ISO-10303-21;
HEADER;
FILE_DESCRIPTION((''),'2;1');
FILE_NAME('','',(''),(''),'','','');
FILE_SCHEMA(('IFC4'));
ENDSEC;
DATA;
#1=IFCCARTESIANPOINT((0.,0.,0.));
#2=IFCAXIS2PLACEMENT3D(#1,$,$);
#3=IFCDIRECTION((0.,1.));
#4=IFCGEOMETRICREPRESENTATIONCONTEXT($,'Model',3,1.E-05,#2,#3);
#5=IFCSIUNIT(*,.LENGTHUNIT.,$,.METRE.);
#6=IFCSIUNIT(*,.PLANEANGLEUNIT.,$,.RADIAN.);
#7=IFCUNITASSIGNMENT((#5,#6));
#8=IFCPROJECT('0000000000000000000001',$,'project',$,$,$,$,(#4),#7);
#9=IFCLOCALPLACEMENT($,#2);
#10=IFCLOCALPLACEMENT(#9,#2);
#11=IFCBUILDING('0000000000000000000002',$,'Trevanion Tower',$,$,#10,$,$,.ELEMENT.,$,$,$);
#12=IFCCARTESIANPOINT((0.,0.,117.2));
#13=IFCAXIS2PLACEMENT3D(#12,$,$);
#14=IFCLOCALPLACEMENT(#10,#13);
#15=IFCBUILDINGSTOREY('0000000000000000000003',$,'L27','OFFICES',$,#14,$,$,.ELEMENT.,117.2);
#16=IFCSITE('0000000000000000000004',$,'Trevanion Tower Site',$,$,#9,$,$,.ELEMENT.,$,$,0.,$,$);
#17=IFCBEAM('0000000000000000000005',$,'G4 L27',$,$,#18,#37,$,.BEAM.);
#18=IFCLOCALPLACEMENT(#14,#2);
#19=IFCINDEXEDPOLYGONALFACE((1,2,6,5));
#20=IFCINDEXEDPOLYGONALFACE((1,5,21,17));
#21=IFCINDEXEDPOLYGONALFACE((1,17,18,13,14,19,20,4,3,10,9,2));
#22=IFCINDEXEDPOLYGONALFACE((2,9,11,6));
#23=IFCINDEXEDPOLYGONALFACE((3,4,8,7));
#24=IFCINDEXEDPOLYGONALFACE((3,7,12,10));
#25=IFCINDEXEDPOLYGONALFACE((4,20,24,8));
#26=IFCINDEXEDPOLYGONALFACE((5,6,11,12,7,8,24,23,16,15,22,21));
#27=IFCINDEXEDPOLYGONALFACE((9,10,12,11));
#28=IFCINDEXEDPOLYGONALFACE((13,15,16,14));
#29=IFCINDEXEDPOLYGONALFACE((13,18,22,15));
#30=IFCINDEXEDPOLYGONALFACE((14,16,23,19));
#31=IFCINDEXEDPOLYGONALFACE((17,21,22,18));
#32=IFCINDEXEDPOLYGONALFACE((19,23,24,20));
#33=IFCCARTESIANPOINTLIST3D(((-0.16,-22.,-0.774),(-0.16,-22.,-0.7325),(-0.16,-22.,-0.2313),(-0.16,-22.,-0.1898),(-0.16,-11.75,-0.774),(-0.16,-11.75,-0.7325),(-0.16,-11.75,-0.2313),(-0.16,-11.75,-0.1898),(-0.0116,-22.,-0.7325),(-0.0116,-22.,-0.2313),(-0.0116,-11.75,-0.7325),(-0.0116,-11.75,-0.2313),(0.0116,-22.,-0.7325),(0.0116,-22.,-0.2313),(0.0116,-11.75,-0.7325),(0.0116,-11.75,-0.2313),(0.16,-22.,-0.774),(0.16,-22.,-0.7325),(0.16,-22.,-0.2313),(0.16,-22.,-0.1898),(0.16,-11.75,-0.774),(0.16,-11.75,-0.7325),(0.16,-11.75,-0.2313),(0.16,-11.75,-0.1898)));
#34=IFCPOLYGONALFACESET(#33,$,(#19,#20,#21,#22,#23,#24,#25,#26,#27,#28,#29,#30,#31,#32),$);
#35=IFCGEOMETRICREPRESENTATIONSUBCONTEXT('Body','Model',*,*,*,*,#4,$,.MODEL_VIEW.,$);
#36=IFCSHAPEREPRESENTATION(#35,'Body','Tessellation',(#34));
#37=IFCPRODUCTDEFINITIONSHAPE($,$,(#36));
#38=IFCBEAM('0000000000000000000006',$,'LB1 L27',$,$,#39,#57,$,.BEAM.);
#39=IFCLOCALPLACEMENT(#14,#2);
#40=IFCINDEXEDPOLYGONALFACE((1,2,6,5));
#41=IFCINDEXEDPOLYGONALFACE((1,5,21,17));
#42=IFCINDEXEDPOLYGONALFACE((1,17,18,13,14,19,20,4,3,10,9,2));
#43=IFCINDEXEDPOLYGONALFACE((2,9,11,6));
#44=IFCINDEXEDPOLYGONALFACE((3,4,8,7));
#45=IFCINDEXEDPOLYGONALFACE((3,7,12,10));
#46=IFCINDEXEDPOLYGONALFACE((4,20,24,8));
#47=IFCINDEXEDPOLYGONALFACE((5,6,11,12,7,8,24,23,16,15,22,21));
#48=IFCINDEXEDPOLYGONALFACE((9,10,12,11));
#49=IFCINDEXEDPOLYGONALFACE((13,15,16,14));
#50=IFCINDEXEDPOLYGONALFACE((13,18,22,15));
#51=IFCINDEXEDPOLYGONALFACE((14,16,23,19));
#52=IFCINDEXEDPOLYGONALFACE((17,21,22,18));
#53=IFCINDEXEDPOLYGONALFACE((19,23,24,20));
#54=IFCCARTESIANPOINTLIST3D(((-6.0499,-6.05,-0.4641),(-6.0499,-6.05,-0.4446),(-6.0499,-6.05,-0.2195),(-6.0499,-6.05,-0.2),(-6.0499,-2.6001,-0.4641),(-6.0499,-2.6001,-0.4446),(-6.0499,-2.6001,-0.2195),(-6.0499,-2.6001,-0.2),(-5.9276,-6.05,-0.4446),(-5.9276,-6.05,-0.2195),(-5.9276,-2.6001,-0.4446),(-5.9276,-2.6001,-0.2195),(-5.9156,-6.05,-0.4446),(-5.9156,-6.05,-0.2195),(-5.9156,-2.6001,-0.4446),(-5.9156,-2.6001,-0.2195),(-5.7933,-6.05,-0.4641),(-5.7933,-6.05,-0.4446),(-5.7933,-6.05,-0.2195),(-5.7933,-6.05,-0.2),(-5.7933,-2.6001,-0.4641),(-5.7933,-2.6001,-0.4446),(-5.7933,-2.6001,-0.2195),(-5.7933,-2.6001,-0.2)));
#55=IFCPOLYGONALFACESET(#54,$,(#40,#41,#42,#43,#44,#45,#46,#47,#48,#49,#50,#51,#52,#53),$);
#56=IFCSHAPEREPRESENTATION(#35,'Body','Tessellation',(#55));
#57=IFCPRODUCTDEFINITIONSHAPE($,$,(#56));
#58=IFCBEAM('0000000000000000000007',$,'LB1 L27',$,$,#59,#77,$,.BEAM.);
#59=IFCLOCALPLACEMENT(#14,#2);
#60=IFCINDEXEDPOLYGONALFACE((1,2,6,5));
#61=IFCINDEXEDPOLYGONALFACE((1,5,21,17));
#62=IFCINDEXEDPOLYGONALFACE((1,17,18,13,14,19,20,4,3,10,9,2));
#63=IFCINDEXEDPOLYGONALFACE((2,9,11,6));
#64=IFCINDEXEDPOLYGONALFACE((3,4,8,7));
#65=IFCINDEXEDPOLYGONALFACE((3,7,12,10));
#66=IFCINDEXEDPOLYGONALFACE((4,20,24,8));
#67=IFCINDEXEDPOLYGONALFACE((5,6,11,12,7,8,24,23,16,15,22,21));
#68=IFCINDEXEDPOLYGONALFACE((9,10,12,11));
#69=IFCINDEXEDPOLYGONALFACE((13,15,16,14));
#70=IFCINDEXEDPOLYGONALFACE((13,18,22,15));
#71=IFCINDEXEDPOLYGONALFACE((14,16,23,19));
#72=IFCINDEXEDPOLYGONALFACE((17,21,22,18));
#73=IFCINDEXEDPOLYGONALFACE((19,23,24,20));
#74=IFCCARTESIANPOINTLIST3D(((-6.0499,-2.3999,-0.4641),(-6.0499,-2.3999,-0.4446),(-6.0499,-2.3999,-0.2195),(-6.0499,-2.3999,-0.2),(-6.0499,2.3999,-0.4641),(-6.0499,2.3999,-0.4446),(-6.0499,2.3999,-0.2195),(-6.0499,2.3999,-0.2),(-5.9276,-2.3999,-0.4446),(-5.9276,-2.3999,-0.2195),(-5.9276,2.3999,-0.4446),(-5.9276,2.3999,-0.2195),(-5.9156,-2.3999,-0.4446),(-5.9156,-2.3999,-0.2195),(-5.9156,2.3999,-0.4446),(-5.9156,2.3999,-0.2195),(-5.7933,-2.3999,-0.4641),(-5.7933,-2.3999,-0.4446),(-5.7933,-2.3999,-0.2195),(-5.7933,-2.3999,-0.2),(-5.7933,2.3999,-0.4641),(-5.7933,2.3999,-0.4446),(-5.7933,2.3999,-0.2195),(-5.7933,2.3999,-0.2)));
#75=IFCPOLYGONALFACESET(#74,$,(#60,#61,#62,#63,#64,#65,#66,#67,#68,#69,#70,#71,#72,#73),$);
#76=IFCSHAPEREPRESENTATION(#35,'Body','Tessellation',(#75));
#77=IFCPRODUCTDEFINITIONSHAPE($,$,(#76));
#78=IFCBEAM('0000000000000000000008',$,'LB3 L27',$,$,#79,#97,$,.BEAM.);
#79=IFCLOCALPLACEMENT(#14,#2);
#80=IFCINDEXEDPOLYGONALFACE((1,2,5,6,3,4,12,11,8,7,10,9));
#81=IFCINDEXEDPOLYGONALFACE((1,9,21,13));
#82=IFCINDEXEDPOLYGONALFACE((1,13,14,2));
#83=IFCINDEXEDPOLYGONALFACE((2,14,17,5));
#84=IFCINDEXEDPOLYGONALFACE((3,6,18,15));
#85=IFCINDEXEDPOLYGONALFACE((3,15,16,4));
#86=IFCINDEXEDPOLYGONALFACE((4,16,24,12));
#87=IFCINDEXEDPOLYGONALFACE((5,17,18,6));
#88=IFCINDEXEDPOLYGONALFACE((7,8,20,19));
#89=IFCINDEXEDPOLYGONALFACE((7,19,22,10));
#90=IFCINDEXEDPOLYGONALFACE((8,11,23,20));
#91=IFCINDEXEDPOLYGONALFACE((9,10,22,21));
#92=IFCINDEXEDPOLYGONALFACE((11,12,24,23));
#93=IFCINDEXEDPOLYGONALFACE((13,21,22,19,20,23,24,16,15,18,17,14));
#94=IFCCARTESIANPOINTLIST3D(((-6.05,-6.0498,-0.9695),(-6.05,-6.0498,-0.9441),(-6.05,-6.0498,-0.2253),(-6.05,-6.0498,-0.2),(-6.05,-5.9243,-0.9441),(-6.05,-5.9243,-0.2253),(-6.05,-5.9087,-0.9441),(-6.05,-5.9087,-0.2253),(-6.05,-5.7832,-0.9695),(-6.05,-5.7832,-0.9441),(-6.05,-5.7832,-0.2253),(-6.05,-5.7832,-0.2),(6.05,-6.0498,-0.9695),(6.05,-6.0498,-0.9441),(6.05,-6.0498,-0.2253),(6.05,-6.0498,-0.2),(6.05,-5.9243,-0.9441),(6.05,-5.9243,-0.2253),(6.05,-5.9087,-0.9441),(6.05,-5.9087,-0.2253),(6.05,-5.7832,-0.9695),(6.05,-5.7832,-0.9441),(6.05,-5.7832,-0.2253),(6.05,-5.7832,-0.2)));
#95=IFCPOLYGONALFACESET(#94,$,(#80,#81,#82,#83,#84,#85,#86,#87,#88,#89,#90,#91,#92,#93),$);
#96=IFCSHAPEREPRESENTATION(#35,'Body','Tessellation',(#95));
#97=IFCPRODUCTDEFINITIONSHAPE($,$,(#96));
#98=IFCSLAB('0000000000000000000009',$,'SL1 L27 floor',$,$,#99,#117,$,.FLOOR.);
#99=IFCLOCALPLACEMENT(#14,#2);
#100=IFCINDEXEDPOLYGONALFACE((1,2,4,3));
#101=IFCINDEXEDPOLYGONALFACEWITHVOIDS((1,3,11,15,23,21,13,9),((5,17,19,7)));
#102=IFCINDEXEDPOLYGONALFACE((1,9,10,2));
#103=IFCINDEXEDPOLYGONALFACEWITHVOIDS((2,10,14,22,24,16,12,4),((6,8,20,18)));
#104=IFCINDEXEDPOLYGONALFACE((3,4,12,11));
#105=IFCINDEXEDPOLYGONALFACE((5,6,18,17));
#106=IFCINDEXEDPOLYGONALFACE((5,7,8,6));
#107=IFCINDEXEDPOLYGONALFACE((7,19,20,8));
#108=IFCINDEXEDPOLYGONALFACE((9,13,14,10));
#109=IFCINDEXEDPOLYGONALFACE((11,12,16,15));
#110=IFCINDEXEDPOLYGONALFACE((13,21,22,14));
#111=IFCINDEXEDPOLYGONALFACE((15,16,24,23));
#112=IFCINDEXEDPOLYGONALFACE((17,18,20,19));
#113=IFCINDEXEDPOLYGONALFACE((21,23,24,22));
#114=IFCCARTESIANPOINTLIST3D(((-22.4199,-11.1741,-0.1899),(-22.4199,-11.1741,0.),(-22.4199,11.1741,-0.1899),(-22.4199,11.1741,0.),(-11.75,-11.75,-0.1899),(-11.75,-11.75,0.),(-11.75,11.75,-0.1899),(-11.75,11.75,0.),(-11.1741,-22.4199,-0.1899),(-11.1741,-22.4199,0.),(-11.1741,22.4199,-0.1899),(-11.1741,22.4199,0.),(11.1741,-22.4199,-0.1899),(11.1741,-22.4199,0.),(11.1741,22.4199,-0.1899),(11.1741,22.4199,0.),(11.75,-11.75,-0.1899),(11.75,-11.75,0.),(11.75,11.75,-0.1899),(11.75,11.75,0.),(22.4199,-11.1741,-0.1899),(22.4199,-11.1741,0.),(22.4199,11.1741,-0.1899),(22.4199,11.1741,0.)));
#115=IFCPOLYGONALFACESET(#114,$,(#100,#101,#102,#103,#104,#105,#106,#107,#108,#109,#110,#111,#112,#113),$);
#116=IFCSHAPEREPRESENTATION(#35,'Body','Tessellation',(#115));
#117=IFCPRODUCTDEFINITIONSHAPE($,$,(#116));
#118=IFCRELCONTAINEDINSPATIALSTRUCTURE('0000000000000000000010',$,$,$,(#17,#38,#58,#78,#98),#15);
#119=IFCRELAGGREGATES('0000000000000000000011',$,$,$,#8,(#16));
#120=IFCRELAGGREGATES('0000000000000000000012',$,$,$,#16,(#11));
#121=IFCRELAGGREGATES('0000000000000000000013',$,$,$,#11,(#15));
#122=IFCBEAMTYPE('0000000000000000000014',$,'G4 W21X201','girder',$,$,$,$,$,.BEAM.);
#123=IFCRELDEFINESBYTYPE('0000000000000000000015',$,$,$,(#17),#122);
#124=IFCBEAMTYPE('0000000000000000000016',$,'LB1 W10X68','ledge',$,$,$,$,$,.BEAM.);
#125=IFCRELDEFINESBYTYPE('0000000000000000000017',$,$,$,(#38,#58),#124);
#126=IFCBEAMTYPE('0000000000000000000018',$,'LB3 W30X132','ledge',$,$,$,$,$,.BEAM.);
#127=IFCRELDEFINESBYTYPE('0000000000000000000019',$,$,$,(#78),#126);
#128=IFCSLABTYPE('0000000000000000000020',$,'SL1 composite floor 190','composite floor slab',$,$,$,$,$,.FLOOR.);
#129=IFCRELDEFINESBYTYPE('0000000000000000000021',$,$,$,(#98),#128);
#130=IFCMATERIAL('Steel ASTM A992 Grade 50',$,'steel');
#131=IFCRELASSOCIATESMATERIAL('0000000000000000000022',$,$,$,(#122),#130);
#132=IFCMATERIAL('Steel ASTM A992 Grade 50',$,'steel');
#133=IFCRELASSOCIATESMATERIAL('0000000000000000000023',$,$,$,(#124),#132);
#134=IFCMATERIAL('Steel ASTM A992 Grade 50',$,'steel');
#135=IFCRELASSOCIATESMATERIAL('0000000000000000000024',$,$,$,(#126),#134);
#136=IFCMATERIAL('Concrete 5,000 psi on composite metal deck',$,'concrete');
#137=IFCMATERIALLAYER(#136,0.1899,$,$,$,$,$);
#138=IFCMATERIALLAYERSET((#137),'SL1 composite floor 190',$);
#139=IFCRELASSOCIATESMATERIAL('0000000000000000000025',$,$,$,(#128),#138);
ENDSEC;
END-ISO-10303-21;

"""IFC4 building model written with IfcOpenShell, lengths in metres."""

from ifc_helpers import new_model, si_unit, direction, frame, origin, origin_2d, place, context, subcontext, project, spatial, polyline, i_section, outline, extrude, material, layer, layer_set, material_profile, profile_set, type_object, element, save


model = new_model("IFC4")

# Units and contexts
model_context = context("Model", 3, precision=1e-05, world=origin(), true_north=direction((0.0, 1.0)))
body_context = subcontext(model_context, "Body", "Model", "MODEL_VIEW")
ifc_project = project(units=[si_unit("LENGTHUNIT", "METRE"), si_unit("PLANEANGLEUNIT", "RADIAN")], contexts=[model_context])

# Site, building, storey
site_placement = place(None, origin())
site = spatial("IfcSite", under=ifc_project, at=site_placement, Name="Trevanion Tower Site", CompositionType="ELEMENT", RefElevation=0.0)
building_placement = place(site_placement, origin())
building = spatial("IfcBuilding", under=site, at=building_placement, Name="Trevanion Tower", CompositionType="ELEMENT")
storey_placement = place(building_placement, frame((0.0, 0.0, 117.2)))
storey = spatial("IfcBuildingStorey", under=building, at=storey_placement, Name="L27", Description="OFFICES", CompositionType="ELEMENT", Elevation=117.2)

# Beams
ifc_material_1 = material(Name="Steel ASTM A992 Grade 50", Category="steel")
ifc_material_profile_1 = material_profile(ifc_material_1, i_section(OverallWidth=0.3201, OverallDepth=0.5842, WebThickness=0.0232, FlangeThickness=0.0415, at=origin_2d()), Name="W21X201")
ifc_profile_set_1 = profile_set([ifc_material_profile_1], Name="Steel ASTM A992 Grade 50")
beam_type_1 = type_object("IfcBeamType", Name="G4 W21X201", Description="girder", PredefinedType="BEAM", material=ifc_profile_set_1)
beam_1_placement = place(storey_placement, frame((0.0, -11.75, -0.4819), z_axis=(0.0, -1.0, 0.0), x_axis=(1.0, 0.0, 0.0)))
element("IfcBeam", 1, at=beam_1_placement, inside=storey, type_object=beam_type_1, Name="G4 L27", PredefinedType="BEAM", context=body_context, shape_type="SweptSolid", body=[
    extrude(i_section(OverallWidth=0.3201, OverallDepth=0.5842, WebThickness=0.0232, FlangeThickness=0.0415, at=origin_2d()), origin(), (0.0, 0.0, 1.0), 10.25),
])
ifc_material_2 = material(Name="Steel ASTM A992 Grade 50", Category="steel")
ifc_material_profile_2 = material_profile(ifc_material_2, i_section(OverallWidth=0.2566, OverallDepth=0.2642, WebThickness=0.012, FlangeThickness=0.0195, at=origin_2d()), Name="W10X68")
ifc_profile_set_2 = profile_set([ifc_material_profile_2], Name="Steel ASTM A992 Grade 50")
beam_type_2 = type_object("IfcBeamType", Name="LB1 W10X68", Description="ledge", PredefinedType="BEAM", material=ifc_profile_set_2)
beam_2_placement = place(storey_placement, frame((-5.9216, -6.05, -0.332), z_axis=(0.0, 1.0, 0.0), x_axis=(-1.0, 0.0, 0.0)))
element("IfcBeam", 2, at=beam_2_placement, inside=storey, type_object=beam_type_2, Name="LB1 L27", PredefinedType="BEAM", context=body_context, shape_type="SweptSolid", body=[
    extrude(i_section(OverallWidth=0.2566, OverallDepth=0.2642, WebThickness=0.012, FlangeThickness=0.0195, at=origin_2d()), origin(), (0.0, 0.0, 1.0), 3.45),
])
beam_3_placement = place(storey_placement, frame((-5.9216, -2.3999, -0.332), z_axis=(0.0, 1.0, 0.0), x_axis=(-1.0, 0.0, 0.0)))
element("IfcBeam", 3, at=beam_3_placement, inside=storey, type_object=beam_type_2, Name="LB1 L27", PredefinedType="BEAM", context=body_context, shape_type="SweptSolid", body=[
    extrude(i_section(OverallWidth=0.2566, OverallDepth=0.2642, WebThickness=0.012, FlangeThickness=0.0195, at=origin_2d()), origin(), (0.0, 0.0, 1.0), 4.7998),
])
ifc_material_3 = material(Name="Steel ASTM A992 Grade 50", Category="steel")
ifc_material_profile_3 = material_profile(ifc_material_3, i_section(OverallWidth=0.2666, OverallDepth=0.7695, WebThickness=0.0156, FlangeThickness=0.0254, at=origin_2d()), Name="W30X132")
ifc_profile_set_3 = profile_set([ifc_material_profile_3], Name="Steel ASTM A992 Grade 50")
beam_type_3 = type_object("IfcBeamType", Name="LB3 W30X132", Description="ledge", PredefinedType="BEAM", material=ifc_profile_set_3)
beam_4_placement = place(storey_placement, frame((-6.05, -5.9165, -0.5847), z_axis=(1.0, 0.0, 0.0), x_axis=(0.0, 1.0, 0.0)))
element("IfcBeam", 4, at=beam_4_placement, inside=storey, type_object=beam_type_3, Name="LB3 L27", PredefinedType="BEAM", context=body_context, shape_type="SweptSolid", body=[
    extrude(i_section(OverallWidth=0.2666, OverallDepth=0.7695, WebThickness=0.0156, FlangeThickness=0.0254, at=origin_2d()), origin(), (0.0, 0.0, 1.0), 12.1001),
])

# Slab
ifc_material_4 = material(Name="Concrete 5,000 psi on composite metal deck", Category="concrete")
ifc_layer_1 = layer(ifc_material_4, 0.1899)
ifc_layer_set_1 = layer_set([ifc_layer_1], Name="SL1 composite floor 190")
slab_type = type_object("IfcSlabType", Name="SL1 composite floor 190", Description="composite floor slab", PredefinedType="FLOOR", material=ifc_layer_set_1)
slab_placement = place(storey_placement, frame((0.0, 0.0, -0.1899)))
element("IfcSlab", 5, at=slab_placement, inside=storey, type_object=slab_type, Name="SL1 L27 floor", PredefinedType="FLOOR", context=body_context, shape_type="SweptSolid", body=[
    extrude(outline(polyline([(22.4199, -11.1741), (22.4199, 11.1741), (11.1741, 22.4199), (-11.1741, 22.4199), (-22.4199, 11.1741), (-22.4199, -11.1741), (-11.1741, -22.4199), (11.1741, -22.4199), (22.4199, -11.1741)]), holes=[polyline([(11.75, -11.75), (11.75, 11.75), (-11.75, 11.75), (-11.75, -11.75), (11.75, -11.75)])]), origin(), (0.0, 0.0, 1.0), 0.1899),
])

save(model, "model.ifc")
